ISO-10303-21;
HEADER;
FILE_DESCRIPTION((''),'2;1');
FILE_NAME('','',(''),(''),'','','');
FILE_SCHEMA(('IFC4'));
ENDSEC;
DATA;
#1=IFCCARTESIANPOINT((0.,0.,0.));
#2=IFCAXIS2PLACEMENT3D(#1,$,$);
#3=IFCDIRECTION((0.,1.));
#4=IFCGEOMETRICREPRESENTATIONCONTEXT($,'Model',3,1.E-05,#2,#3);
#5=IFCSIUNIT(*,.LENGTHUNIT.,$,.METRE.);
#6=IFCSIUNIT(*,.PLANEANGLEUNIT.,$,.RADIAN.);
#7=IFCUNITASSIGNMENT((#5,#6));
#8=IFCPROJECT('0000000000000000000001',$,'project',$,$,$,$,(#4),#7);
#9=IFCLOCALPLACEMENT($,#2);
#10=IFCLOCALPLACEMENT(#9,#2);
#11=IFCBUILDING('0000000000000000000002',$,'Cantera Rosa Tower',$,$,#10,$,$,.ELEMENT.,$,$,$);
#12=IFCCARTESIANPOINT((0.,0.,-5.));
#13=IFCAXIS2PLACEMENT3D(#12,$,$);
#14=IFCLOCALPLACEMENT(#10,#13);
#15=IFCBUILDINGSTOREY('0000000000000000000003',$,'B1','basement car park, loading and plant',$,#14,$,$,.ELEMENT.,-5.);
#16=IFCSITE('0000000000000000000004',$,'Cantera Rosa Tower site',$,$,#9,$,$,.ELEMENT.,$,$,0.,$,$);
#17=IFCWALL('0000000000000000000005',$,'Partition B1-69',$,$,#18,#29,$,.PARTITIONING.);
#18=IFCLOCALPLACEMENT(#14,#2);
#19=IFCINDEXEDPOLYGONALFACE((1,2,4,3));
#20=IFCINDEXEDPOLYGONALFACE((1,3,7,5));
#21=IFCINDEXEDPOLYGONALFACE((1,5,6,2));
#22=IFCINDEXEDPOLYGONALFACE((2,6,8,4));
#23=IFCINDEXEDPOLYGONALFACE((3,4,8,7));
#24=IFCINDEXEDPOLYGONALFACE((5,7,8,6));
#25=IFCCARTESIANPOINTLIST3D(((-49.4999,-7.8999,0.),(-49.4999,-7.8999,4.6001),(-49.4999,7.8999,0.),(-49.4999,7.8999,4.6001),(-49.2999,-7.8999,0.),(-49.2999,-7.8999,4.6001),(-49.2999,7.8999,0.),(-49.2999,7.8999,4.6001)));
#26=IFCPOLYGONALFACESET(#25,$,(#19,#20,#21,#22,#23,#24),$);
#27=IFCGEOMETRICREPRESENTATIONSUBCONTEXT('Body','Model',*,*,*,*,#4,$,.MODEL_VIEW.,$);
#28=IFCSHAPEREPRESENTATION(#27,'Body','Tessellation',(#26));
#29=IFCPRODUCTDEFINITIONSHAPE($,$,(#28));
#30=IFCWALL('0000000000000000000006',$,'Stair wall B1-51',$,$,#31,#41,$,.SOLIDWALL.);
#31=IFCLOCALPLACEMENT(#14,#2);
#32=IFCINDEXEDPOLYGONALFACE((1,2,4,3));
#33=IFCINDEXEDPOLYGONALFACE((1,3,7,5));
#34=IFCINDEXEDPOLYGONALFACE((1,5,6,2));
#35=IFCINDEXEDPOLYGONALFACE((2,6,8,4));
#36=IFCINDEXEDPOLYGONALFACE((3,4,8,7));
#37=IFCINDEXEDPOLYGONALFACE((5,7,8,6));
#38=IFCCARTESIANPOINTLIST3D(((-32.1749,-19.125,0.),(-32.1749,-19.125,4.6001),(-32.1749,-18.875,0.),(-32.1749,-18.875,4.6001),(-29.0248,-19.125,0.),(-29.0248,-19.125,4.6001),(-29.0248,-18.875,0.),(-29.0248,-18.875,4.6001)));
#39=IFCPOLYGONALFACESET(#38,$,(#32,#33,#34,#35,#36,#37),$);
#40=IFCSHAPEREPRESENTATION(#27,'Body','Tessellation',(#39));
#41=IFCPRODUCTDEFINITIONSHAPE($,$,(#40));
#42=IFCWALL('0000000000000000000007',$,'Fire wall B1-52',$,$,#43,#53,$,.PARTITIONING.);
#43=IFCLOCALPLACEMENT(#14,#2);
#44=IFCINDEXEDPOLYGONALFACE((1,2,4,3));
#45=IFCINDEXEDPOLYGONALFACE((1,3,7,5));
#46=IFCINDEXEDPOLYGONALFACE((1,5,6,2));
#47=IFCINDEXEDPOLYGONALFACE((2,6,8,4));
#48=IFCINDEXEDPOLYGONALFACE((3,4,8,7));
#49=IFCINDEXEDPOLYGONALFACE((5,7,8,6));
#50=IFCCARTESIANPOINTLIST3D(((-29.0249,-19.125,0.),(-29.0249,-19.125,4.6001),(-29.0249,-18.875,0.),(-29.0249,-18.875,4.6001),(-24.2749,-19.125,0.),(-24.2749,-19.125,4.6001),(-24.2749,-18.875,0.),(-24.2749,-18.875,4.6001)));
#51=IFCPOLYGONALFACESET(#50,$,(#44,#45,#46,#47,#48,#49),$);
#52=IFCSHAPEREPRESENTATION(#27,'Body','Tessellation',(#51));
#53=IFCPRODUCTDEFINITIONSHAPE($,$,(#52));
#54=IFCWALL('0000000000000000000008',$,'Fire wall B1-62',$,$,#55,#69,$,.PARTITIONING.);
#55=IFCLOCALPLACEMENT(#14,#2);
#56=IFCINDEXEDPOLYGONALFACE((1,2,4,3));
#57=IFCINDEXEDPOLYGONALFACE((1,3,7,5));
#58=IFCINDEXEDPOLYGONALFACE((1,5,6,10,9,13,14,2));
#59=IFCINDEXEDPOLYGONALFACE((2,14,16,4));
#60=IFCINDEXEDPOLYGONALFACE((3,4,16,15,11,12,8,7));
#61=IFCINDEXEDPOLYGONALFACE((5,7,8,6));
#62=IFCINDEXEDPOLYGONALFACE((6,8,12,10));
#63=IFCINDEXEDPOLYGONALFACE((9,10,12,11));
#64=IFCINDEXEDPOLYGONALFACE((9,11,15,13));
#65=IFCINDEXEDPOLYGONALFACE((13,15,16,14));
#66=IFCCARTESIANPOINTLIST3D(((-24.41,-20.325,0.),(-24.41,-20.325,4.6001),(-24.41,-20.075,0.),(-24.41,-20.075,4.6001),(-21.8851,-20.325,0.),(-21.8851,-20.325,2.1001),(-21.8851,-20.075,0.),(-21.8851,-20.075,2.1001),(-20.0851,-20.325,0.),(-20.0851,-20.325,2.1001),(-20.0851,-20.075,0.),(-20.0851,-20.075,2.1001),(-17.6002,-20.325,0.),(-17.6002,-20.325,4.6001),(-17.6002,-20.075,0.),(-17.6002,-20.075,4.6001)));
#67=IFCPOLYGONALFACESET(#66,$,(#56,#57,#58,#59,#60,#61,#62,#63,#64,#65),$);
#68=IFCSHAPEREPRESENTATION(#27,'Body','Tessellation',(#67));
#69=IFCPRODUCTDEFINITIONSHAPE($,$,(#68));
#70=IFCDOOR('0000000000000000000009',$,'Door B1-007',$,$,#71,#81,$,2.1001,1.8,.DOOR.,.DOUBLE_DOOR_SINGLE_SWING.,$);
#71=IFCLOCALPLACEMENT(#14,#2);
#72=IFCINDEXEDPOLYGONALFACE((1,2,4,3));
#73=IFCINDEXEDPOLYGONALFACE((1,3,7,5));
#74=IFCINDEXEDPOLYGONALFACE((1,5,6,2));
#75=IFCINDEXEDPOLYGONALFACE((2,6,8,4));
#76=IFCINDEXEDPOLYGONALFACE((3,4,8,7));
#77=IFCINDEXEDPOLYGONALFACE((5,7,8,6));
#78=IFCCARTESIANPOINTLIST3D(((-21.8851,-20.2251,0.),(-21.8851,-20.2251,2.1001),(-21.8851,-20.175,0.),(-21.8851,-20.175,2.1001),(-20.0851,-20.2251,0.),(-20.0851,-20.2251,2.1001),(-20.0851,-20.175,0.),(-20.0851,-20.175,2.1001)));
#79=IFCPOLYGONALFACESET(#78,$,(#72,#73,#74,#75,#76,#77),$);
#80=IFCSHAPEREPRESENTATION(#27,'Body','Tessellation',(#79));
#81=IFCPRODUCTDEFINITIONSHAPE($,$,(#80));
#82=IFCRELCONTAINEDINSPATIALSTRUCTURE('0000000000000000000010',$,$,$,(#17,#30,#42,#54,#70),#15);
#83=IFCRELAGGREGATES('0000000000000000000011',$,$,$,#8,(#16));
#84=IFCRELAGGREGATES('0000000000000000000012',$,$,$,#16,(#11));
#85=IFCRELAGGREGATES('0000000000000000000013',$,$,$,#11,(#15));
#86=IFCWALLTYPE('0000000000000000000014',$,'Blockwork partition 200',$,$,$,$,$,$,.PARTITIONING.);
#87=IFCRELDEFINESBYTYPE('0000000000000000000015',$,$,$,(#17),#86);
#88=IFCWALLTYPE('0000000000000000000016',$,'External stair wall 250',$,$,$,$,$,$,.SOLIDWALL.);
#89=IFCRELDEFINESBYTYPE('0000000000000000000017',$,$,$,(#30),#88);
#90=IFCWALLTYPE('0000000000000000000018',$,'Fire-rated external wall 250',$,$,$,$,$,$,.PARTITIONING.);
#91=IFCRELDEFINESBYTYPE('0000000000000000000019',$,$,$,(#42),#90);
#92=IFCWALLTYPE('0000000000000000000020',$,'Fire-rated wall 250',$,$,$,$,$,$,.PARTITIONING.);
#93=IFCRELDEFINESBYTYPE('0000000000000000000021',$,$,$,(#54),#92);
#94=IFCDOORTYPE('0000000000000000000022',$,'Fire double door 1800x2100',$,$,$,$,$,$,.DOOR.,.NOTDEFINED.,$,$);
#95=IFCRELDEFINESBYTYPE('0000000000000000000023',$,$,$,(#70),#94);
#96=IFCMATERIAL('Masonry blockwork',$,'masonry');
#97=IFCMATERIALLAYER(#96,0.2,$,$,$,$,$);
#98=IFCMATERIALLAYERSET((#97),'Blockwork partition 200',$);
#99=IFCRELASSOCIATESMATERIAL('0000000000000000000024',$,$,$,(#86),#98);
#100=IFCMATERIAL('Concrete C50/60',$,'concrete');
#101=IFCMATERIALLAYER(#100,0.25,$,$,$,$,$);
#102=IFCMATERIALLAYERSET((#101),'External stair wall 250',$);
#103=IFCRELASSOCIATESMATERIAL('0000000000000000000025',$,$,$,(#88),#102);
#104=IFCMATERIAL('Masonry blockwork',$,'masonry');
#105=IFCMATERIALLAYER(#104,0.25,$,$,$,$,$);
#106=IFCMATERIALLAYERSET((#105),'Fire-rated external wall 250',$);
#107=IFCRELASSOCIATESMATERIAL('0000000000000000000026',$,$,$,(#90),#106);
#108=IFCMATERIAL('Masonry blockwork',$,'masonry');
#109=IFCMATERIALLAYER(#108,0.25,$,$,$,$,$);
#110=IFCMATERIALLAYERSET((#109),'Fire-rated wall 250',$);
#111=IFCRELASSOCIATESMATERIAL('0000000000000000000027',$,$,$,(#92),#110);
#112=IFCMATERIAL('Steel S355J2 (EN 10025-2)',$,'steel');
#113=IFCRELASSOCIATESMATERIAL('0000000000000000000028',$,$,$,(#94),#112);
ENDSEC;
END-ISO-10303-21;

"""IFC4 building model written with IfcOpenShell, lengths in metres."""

from ifc_helpers import new_model, si_unit, direction, frame, frame_2d, origin, place, context, subcontext, project, spatial, rectangle, extrude, material, layer, layer_set, type_object, element, fill, save


model = new_model("IFC4")

# Units and contexts
model_context = context("Model", 3, precision=1e-05, world=origin(), true_north=direction((0.0, 1.0)))
body_context = subcontext(model_context, "Body", "Model", "MODEL_VIEW")
ifc_project = project(units=[si_unit("LENGTHUNIT", "METRE"), si_unit("PLANEANGLEUNIT", "RADIAN")], contexts=[model_context])

# Site, building, storey
site_placement = place(None, origin())
site = spatial("IfcSite", under=ifc_project, at=site_placement, Name="Cantera Rosa Tower site", CompositionType="ELEMENT", RefElevation=0.0)
building_placement = place(site_placement, origin())
building = spatial("IfcBuilding", under=site, at=building_placement, Name="Cantera Rosa Tower", CompositionType="ELEMENT")
storey_placement = place(building_placement, frame((0.0, 0.0, -5.0)))
storey = spatial("IfcBuildingStorey", under=building, at=storey_placement, Name="B1", Description="basement car park, loading and plant", CompositionType="ELEMENT", Elevation=-5.0)

# Shared definitions
ifc_material_1 = material(Name="Masonry blockwork", Category="masonry")
ifc_layer_1 = layer(ifc_material_1, 0.2)
ifc_layer_set_1 = layer_set([ifc_layer_1], Name="Blockwork partition 200")
wall_type_1 = type_object("IfcWallType", Name="Blockwork partition 200", PredefinedType="PARTITIONING", material=ifc_layer_set_1)

# Walls
wall_1_placement = place(storey_placement, frame((-49.3999, -7.8999, 0.0), z_axis=(0.0, 0.0, 1.0), x_axis=(0.0, 1.0, 0.0)))
element("IfcWall", 1, at=wall_1_placement, inside=storey, type_object=wall_type_1, Name="Partition B1-69", PredefinedType="PARTITIONING", context=body_context, shape_type="SweptSolid", body=[
    extrude(rectangle(XDim=15.7998, YDim=0.2, at=frame_2d((7.8999, 0.0))), origin(), (0.0, 0.0, 1.0), 4.6001),
])
ifc_material_2 = material(Name="Concrete C50/60", Category="concrete")
ifc_layer_2 = layer(ifc_material_2, 0.25)
ifc_layer_set_2 = layer_set([ifc_layer_2], Name="External stair wall 250")
wall_type_2 = type_object("IfcWallType", Name="External stair wall 250", PredefinedType="SOLIDWALL", material=ifc_layer_set_2)
wall_2_placement = place(storey_placement, frame((-32.175, -19.0, 0.0), z_axis=(0.0, 0.0, 1.0), x_axis=(1.0, 0.0, 0.0)))
element("IfcWall", 2, at=wall_2_placement, inside=storey, type_object=wall_type_2, Name="Stair wall B1-51", PredefinedType="SOLIDWALL", context=body_context, shape_type="SweptSolid", body=[
    extrude(rectangle(XDim=3.1501, YDim=0.25, at=frame_2d((1.5752, 0.0))), origin(), (0.0, 0.0, 1.0), 4.6001),
])
ifc_material_3 = material(Name="Masonry blockwork", Category="masonry")
ifc_layer_3 = layer(ifc_material_3, 0.25)
ifc_layer_set_3 = layer_set([ifc_layer_3], Name="Fire-rated external wall 250")
wall_type_3 = type_object("IfcWallType", Name="Fire-rated external wall 250", PredefinedType="PARTITIONING", material=ifc_layer_set_3)
wall_3_placement = place(storey_placement, frame((-29.0249, -19.0, 0.0), z_axis=(0.0, 0.0, 1.0), x_axis=(1.0, 0.0, 0.0)))
element("IfcWall", 3, at=wall_3_placement, inside=storey, type_object=wall_type_3, Name="Fire wall B1-52", PredefinedType="PARTITIONING", context=body_context, shape_type="SweptSolid", body=[
    extrude(rectangle(XDim=4.75, YDim=0.25, at=frame_2d((2.375, 0.0))), origin(), (0.0, 0.0, 1.0), 4.6001),
])

# Wall, opening, door
ifc_material_4 = material(Name="Masonry blockwork", Category="masonry")
ifc_layer_4 = layer(ifc_material_4, 0.25)
ifc_layer_set_4 = layer_set([ifc_layer_4], Name="Fire-rated wall 250")
wall_type_4 = type_object("IfcWallType", Name="Fire-rated wall 250", PredefinedType="PARTITIONING", material=ifc_layer_set_4)
wall_4_placement = place(storey_placement, frame((-24.4099, -20.2, 0.0), z_axis=(0.0, 0.0, 1.0), x_axis=(1.0, 0.0, 0.0)))
wall_4 = element("IfcWall", 4, at=wall_4_placement, inside=storey, type_object=wall_type_4, Name="Fire wall B1-62", PredefinedType="PARTITIONING", context=body_context, shape_type="SweptSolid", body=[
    extrude(rectangle(XDim=6.8098, YDim=0.25, at=frame_2d((3.4048, 0.0))), origin(), (0.0, 0.0, 1.0), 4.6001),
])
opening_1_placement = place(wall_4_placement, frame((2.5249, 0.0, 0.0)))
opening_1 = element("IfcOpeningElement", 5, at=opening_1_placement, cuts=wall_4, PredefinedType="OPENING", context=body_context, shape_type="SweptSolid", body=[
    extrude(rectangle(XDim=1.8, YDim=2.1001, at=frame_2d((0.8999, 1.05))), frame((0.0, 0.135, 0.0), z_axis=(0.0, -1.0, 0.0), x_axis=(1.0, 0.0, 0.0)), (0.0, 0.0, 1.0), 0.27),
])
ifc_material_5 = material(Name="Steel S355J2 (EN 10025-2)", Category="steel")
door_type_1 = type_object("IfcDoorType", Name="Fire double door 1800x2100", OperationType="NOTDEFINED", PredefinedType="DOOR", material=ifc_material_5)
door_1_placement = place(opening_1_placement, origin())
door_1 = element("IfcDoor", 6, at=door_1_placement, inside=storey, type_object=door_type_1, Name="Door B1-007", OperationType="DOUBLE_DOOR_SINGLE_SWING", OverallHeight=2.1001, OverallWidth=1.8, PredefinedType="DOOR", context=body_context, shape_type="SweptSolid", body=[
    extrude(rectangle(XDim=1.8, YDim=2.1001, at=frame_2d((0.8999, 1.05))), frame((0.0, 0.0249, 0.0), z_axis=(0.0, -1.0, 0.0), x_axis=(1.0, 0.0, 0.0)), (0.0, 0.0, 1.0), 0.05),
])
fill(opening_1, door_1)

save(model, "model.ifc")
